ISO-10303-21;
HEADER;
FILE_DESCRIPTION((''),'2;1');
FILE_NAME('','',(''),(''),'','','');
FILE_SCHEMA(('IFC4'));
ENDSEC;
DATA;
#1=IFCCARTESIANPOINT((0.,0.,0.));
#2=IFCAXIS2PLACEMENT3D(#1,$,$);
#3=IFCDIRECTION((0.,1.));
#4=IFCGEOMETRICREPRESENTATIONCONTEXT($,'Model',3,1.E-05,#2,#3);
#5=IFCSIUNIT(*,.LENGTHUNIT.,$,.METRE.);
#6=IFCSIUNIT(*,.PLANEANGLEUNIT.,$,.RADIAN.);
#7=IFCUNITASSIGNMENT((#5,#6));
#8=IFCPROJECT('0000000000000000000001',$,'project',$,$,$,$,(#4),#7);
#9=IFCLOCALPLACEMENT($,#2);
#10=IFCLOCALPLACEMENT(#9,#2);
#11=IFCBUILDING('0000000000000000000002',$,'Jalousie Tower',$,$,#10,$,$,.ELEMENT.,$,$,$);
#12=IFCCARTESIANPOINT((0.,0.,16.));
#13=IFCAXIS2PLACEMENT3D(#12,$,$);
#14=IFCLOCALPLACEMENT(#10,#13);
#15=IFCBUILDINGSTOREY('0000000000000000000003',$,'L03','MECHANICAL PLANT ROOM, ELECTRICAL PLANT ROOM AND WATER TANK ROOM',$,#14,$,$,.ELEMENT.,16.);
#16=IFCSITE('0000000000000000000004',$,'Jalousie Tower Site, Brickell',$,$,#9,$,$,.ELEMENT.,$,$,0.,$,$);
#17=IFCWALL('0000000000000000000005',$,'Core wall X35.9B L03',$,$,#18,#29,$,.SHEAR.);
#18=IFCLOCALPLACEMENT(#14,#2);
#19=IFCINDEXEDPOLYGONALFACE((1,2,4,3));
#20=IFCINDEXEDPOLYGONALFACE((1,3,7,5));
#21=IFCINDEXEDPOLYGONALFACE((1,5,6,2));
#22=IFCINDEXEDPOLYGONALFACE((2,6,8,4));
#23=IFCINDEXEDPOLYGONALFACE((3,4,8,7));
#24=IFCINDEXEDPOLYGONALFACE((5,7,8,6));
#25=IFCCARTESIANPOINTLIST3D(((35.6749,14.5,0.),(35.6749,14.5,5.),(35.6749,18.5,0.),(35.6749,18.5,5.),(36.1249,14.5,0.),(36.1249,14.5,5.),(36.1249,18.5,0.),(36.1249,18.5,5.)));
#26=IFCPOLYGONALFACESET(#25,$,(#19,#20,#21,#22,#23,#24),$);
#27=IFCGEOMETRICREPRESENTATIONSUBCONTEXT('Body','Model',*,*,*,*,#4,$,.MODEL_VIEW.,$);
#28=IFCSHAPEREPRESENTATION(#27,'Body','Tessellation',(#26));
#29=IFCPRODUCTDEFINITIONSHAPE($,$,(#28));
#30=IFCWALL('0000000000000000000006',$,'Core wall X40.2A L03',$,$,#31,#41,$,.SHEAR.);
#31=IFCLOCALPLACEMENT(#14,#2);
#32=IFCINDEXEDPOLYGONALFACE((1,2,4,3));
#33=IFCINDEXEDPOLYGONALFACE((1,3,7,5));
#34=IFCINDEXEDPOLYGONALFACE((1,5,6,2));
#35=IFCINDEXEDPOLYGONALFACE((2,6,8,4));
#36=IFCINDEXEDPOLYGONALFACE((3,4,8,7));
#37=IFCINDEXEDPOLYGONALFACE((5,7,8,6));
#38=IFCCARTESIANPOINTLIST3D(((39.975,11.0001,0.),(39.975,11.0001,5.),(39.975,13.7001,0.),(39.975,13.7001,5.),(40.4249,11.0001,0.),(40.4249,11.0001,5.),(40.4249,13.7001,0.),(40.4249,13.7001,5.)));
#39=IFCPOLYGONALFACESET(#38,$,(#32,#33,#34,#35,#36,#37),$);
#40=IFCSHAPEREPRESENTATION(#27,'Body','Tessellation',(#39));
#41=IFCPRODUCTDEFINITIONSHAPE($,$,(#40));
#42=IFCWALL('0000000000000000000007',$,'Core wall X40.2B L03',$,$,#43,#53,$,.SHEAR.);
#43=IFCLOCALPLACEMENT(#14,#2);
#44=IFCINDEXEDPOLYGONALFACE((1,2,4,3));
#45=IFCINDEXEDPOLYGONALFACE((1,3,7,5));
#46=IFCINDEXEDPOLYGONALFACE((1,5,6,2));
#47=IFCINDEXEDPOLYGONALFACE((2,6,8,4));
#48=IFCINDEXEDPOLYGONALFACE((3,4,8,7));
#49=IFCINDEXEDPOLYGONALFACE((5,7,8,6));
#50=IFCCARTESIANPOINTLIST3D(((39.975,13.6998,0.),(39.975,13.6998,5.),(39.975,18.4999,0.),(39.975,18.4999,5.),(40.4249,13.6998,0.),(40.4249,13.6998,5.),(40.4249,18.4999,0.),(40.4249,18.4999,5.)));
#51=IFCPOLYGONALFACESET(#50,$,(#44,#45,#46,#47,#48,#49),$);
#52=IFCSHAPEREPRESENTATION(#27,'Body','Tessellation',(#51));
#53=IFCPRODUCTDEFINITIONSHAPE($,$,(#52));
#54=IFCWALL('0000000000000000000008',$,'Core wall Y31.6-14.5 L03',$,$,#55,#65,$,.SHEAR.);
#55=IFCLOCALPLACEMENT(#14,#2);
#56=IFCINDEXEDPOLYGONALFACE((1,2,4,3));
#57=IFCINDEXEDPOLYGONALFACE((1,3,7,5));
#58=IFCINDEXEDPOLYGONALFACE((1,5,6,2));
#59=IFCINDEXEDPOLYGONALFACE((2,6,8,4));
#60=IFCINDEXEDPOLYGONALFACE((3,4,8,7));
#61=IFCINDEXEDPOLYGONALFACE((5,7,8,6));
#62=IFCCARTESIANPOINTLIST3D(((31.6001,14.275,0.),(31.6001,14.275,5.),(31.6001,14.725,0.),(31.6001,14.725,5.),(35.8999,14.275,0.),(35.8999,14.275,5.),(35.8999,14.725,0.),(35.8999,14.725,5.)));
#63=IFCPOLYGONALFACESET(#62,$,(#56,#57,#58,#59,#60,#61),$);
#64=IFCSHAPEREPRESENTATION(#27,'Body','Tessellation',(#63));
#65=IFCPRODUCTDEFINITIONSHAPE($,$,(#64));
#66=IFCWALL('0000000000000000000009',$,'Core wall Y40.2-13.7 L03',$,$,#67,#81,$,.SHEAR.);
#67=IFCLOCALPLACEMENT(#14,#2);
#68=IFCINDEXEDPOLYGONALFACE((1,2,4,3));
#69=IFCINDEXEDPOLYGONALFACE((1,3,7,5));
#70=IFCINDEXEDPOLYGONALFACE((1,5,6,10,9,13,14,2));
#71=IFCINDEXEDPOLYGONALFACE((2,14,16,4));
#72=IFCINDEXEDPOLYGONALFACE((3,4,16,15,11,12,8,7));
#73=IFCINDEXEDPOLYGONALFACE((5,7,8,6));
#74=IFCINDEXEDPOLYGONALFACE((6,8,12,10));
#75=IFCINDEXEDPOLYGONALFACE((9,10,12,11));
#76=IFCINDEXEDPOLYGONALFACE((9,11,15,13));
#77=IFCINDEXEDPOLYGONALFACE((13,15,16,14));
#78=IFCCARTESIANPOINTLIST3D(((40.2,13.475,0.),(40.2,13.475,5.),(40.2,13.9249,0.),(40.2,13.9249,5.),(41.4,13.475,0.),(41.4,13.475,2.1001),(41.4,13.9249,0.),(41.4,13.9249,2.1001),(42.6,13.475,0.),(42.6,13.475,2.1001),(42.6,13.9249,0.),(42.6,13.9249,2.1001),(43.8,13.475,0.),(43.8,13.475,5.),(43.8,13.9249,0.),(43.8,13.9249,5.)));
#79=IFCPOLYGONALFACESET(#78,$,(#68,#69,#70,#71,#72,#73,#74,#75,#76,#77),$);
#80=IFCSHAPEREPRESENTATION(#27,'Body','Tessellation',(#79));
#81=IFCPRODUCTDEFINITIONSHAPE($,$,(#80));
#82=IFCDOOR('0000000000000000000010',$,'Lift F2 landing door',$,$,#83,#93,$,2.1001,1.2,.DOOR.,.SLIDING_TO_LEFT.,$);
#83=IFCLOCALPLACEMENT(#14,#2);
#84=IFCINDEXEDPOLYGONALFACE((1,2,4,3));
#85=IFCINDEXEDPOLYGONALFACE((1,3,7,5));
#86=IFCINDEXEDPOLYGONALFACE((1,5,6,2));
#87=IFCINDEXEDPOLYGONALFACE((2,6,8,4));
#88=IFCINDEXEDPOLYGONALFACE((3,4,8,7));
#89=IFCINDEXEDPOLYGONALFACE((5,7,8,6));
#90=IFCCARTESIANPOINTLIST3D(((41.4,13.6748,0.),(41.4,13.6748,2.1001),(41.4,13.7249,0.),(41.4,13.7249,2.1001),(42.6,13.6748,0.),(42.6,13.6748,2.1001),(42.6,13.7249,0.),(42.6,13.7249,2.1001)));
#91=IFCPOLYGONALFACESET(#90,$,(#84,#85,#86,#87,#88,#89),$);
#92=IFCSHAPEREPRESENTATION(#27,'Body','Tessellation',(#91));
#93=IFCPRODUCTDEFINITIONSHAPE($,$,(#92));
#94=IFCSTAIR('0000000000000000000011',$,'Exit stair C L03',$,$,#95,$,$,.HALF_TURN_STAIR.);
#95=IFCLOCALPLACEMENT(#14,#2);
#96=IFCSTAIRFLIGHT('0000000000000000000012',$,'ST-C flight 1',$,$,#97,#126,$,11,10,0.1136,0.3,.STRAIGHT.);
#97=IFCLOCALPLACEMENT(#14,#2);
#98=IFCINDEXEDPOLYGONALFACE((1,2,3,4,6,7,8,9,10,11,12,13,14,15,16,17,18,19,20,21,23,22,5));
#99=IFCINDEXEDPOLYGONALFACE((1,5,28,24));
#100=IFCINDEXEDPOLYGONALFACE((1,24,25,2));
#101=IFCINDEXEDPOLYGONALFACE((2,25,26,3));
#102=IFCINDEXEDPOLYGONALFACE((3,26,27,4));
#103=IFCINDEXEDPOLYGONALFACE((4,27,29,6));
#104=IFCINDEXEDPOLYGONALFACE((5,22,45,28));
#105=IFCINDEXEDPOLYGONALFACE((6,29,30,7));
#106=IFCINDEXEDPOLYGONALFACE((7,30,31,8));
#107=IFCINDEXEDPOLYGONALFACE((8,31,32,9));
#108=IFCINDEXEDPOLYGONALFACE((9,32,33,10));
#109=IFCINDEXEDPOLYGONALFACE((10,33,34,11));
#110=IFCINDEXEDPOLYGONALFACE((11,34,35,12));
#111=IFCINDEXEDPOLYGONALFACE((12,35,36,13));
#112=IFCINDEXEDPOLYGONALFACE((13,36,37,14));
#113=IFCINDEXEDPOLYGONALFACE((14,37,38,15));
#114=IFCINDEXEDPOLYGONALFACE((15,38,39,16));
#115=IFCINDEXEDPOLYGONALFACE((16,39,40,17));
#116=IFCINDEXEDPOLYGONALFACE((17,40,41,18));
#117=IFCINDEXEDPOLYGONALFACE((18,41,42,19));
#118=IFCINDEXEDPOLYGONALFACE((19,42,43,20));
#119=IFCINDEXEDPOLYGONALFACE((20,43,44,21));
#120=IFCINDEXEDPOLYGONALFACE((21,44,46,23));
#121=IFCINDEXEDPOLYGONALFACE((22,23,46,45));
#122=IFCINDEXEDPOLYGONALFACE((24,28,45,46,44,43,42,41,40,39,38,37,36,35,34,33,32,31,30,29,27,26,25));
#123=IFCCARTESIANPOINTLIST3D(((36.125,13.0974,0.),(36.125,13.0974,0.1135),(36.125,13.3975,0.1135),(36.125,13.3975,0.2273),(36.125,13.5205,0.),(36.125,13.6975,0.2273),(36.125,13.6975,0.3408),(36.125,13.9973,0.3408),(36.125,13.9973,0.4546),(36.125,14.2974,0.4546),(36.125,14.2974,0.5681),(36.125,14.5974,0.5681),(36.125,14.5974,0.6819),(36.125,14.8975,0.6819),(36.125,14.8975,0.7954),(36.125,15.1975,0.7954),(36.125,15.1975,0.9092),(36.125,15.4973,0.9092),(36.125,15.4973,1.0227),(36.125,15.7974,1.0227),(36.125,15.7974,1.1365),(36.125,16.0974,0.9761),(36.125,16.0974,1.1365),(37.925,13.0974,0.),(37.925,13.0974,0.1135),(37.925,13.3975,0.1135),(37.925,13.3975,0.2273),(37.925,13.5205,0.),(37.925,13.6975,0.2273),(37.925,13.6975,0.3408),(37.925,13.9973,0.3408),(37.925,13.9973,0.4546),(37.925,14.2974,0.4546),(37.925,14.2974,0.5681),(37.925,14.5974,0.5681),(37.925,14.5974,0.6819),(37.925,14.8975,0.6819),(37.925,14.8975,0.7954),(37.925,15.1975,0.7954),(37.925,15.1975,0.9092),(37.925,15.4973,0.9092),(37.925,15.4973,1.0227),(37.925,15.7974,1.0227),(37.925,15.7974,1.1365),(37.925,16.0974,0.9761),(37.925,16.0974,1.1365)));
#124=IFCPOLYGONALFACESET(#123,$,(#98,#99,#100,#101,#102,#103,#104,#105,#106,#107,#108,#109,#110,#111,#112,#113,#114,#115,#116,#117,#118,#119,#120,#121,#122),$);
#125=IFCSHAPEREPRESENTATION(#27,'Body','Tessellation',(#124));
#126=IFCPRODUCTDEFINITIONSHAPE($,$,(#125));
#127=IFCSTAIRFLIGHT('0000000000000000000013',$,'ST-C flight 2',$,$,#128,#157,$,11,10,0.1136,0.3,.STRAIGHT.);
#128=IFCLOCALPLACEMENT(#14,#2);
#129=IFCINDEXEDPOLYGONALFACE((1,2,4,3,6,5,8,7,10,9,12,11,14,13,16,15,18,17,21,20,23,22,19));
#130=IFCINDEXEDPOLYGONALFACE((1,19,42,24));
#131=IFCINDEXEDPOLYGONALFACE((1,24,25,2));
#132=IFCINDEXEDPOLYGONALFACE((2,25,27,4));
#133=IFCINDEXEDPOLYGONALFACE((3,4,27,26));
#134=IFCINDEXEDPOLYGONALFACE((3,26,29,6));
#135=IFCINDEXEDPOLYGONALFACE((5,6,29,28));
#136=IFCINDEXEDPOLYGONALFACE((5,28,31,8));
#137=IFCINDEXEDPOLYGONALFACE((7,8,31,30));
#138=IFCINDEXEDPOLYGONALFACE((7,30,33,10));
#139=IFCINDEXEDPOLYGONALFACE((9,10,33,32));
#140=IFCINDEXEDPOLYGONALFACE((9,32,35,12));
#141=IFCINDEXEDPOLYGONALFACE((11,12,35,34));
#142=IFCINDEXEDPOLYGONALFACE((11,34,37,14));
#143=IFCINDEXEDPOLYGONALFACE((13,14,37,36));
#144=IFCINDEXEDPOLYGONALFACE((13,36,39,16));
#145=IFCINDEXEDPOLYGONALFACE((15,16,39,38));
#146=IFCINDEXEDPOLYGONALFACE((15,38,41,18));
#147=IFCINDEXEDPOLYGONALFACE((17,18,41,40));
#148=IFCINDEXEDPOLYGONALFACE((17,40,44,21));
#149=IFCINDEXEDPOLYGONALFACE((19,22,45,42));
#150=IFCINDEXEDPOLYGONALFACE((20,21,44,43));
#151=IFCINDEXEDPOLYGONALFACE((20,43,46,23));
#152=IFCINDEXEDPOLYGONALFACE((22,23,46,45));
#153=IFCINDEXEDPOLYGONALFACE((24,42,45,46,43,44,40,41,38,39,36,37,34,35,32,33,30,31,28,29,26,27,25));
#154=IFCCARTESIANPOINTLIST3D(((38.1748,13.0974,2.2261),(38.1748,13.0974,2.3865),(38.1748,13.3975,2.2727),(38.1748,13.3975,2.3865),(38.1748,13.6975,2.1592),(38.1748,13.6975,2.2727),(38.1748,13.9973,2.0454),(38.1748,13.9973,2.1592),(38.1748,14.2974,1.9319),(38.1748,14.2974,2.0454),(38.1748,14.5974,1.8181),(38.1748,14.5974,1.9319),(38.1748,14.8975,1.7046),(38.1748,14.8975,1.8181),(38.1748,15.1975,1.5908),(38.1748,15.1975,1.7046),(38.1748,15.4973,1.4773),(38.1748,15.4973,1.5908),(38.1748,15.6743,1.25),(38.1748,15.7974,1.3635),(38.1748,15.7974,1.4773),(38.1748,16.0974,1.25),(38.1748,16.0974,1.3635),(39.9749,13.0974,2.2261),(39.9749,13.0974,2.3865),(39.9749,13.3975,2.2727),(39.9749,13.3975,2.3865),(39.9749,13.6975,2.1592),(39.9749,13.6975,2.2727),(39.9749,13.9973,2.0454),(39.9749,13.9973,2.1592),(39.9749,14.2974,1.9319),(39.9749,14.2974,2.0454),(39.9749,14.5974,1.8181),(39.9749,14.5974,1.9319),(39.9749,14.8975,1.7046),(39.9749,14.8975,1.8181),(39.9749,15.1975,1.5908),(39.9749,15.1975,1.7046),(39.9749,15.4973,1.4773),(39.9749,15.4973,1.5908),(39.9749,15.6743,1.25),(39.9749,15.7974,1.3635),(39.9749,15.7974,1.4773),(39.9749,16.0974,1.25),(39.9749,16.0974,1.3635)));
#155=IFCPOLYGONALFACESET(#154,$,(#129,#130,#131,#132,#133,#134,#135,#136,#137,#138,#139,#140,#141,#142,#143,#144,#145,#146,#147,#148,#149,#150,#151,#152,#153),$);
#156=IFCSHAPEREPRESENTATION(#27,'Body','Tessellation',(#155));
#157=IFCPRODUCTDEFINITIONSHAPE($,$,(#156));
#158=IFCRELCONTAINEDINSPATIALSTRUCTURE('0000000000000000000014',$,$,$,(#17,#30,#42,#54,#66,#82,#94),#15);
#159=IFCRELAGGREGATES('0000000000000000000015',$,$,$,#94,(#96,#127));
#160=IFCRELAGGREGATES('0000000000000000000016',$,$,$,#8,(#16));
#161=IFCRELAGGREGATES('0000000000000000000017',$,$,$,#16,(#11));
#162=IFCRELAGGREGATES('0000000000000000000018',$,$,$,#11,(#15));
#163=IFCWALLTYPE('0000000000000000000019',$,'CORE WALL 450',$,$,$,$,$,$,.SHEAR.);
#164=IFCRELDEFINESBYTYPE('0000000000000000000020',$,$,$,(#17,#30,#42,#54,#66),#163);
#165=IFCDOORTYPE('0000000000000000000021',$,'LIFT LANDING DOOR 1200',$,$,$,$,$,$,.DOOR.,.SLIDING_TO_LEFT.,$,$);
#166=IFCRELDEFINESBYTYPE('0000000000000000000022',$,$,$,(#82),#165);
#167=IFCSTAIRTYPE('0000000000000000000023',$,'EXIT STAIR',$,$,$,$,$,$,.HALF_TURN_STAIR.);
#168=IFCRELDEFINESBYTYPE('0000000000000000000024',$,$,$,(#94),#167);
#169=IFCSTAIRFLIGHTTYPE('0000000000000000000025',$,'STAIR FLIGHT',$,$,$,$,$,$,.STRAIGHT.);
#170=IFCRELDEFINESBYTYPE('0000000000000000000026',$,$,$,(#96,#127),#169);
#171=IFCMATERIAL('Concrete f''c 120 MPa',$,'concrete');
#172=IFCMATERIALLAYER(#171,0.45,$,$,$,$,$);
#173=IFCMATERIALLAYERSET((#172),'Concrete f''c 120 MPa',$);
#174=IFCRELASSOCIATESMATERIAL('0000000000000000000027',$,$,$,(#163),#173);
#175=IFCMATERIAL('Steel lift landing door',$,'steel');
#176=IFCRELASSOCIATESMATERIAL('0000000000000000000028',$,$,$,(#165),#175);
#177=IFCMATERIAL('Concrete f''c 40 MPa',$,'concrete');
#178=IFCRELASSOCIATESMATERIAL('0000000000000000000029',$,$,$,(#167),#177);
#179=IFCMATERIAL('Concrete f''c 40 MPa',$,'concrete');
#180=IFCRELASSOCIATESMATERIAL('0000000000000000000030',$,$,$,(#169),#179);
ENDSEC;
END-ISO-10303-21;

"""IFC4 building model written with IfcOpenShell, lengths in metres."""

from ifc_helpers import new_model, si_unit, direction, frame, frame_2d, origin, place, context, subcontext, project, spatial, polyline, rectangle, outline, extrude, material, layer, layer_set, type_object, element, fill, aggregate, save


model = new_model("IFC4")

# Units and contexts
model_context = context("Model", 3, precision=1e-05, world=origin(), true_north=direction((0.0, 1.0)))
body_context = subcontext(model_context, "Body", "Model", "MODEL_VIEW")
ifc_project = project(units=[si_unit("LENGTHUNIT", "METRE"), si_unit("PLANEANGLEUNIT", "RADIAN")], contexts=[model_context])

# Site, building, storey
site_placement = place(None, origin())
site = spatial("IfcSite", under=ifc_project, at=site_placement, Name="Jalousie Tower Site, Brickell", CompositionType="ELEMENT", RefElevation=0.0)
building_placement = place(site_placement, origin())
building = spatial("IfcBuilding", under=site, at=building_placement, Name="Jalousie Tower", CompositionType="ELEMENT")
storey_placement = place(building_placement, frame((0.0, 0.0, 16.0)))
storey = spatial("IfcBuildingStorey", under=building, at=storey_placement, Name="L03", Description="MECHANICAL PLANT ROOM, ELECTRICAL PLANT ROOM AND WATER TANK ROOM", CompositionType="ELEMENT", Elevation=16.0)

# Shared definitions
ifc_material_1 = material(Name="Concrete f'c 120 MPa", Category="concrete")
ifc_layer_1 = layer(ifc_material_1, 0.45)
ifc_layer_set_1 = layer_set([ifc_layer_1], Name="Concrete f'c 120 MPa")
wall_type_1 = type_object("IfcWallType", Name="CORE WALL 450", PredefinedType="SHEAR", material=ifc_layer_set_1)

# Walls
wall_1_placement = place(storey_placement, frame((35.8999, 14.5, 0.0), z_axis=(0.0, 0.0, 1.0), x_axis=(0.0, 1.0, 0.0)))
element("IfcWall", 1, at=wall_1_placement, inside=storey, type_object=wall_type_1, Name="Core wall X35.9B L03", PredefinedType="SHEAR", context=body_context, shape_type="SweptSolid", body=[
    extrude(rectangle(XDim=4.0, YDim=0.45, at=frame_2d((2.0, 0.0))), origin(), (0.0, 0.0, 1.0), 5.0),
])
wall_2_placement = place(storey_placement, frame((40.2, 11.0, 0.0), z_axis=(0.0, 0.0, 1.0), x_axis=(0.0, 1.0, 0.0)))
element("IfcWall", 2, at=wall_2_placement, inside=storey, type_object=wall_type_1, Name="Core wall X40.2A L03", PredefinedType="SHEAR", context=body_context, shape_type="SweptSolid", body=[
    extrude(rectangle(XDim=2.7, YDim=0.45, at=frame_2d((1.3501, 0.0))), origin(), (0.0, 0.0, 1.0), 5.0),
])
wall_3_placement = place(storey_placement, frame((40.2, 13.7, 0.0), z_axis=(0.0, 0.0, 1.0), x_axis=(0.0, 1.0, 0.0)))
element("IfcWall", 3, at=wall_3_placement, inside=storey, type_object=wall_type_1, Name="Core wall X40.2B L03", PredefinedType="SHEAR", context=body_context, shape_type="SweptSolid", body=[
    extrude(rectangle(XDim=4.8, YDim=0.45, at=frame_2d((2.3999, 0.0))), origin(), (0.0, 0.0, 1.0), 5.0),
])
wall_4_placement = place(storey_placement, frame((31.6001, 14.5, 0.0), z_axis=(0.0, 0.0, 1.0), x_axis=(1.0, 0.0, 0.0)))
element("IfcWall", 4, at=wall_4_placement, inside=storey, type_object=wall_type_1, Name="Core wall Y31.6-14.5 L03", PredefinedType="SHEAR", context=body_context, shape_type="SweptSolid", body=[
    extrude(rectangle(XDim=4.2998, YDim=0.45, at=frame_2d((2.1499, 0.0))), origin(), (0.0, 0.0, 1.0), 5.0),
])

# Wall, opening, door
wall_5_placement = place(storey_placement, frame((40.2, 13.7, 0.0), z_axis=(0.0, 0.0, 1.0), x_axis=(1.0, 0.0, 0.0)))
wall_5 = element("IfcWall", 5, at=wall_5_placement, inside=storey, type_object=wall_type_1, Name="Core wall Y40.2-13.7 L03", PredefinedType="SHEAR", context=body_context, shape_type="SweptSolid", body=[
    extrude(rectangle(XDim=3.6001, YDim=0.45, at=frame_2d((1.8, 0.0))), origin(), (0.0, 0.0, 1.0), 5.0),
])
opening_1_placement = place(wall_5_placement, frame((1.2, 0.0, 0.0)))
opening_1 = element("IfcOpeningElement", 6, at=opening_1_placement, cuts=wall_5, PredefinedType="OPENING", context=body_context, shape_type="SweptSolid", body=[
    extrude(rectangle(XDim=1.2, YDim=2.1001, at=frame_2d((0.6001, 1.05))), frame((0.0, 0.2349, 0.0), z_axis=(0.0, -1.0, 0.0), x_axis=(1.0, 0.0, 0.0)), (0.0, 0.0, 1.0), 0.47),
])
ifc_material_2 = material(Name="Steel lift landing door", Category="steel")
door_type_1 = type_object("IfcDoorType", Name="LIFT LANDING DOOR 1200", OperationType="SLIDING_TO_LEFT", PredefinedType="DOOR", material=ifc_material_2)
door_1_placement = place(opening_1_placement, origin())
door_1 = element("IfcDoor", 7, at=door_1_placement, inside=storey, type_object=door_type_1, Name="Lift F2 landing door", OperationType="SLIDING_TO_LEFT", OverallHeight=2.1001, OverallWidth=1.2, PredefinedType="DOOR", context=body_context, shape_type="SweptSolid", body=[
    extrude(rectangle(XDim=1.2, YDim=2.1001, at=frame_2d((0.6001, 1.05))), frame((0.0, 0.0249, 0.0), z_axis=(0.0, -1.0, 0.0), x_axis=(1.0, 0.0, 0.0)), (0.0, 0.0, 1.0), 0.05),
])
fill(opening_1, door_1)

# Stair, stair flights
ifc_material_3 = material(Name="Concrete f'c 40 MPa", Category="concrete")
stair_type = type_object("IfcStairType", Name="EXIT STAIR", PredefinedType="HALF_TURN_STAIR", material=ifc_material_3)
stair_placement = place(storey_placement, origin())
stair = element("IfcStair", 8, at=stair_placement, inside=storey, type_object=stair_type, Name="Exit stair C L03", PredefinedType="HALF_TURN_STAIR")
ifc_material_4 = material(Name="Concrete f'c 40 MPa", Category="concrete")
stair_flight_type = type_object("IfcStairFlightType", Name="STAIR FLIGHT", PredefinedType="STRAIGHT", material=ifc_material_4)
stair_flight_1_placement = place(storey_placement, frame((37.0249, 13.0974, 0.0), z_axis=(0.0, 0.0, 1.0), x_axis=(0.0, 1.0, 0.0)))
stair_flight_1 = element("IfcStairFlight", 9, at=stair_flight_1_placement, type_object=stair_flight_type, Name="ST-C flight 1", NumberOfRisers=11, NumberOfTreads=10, PredefinedType="STRAIGHT", RiserHeight=0.1136, TreadLength=0.3, context=body_context, shape_type="SweptSolid", body=[
    extrude(outline(polyline([(0.0, 0.0), (0.0, 0.1135), (0.3, 0.1135), (0.3, 0.2273), (0.6001, 0.2273), (0.6001, 0.3408), (0.8999, 0.3408), (0.8999, 0.4546), (1.2, 0.4546), (1.2, 0.5681), (1.5, 0.5681), (1.5, 0.6819), (1.8, 0.6819), (1.8, 0.7954), (2.1001, 0.7954), (2.1001, 0.9092), (2.3999, 0.9092), (2.3999, 1.0227), (2.7, 1.0227), (2.7, 1.1365), (3.0, 1.1365), (3.0, 1.25), (3.0, 0.9761), (0.4231, 0.0), (0.0, 0.0)])), frame((0.0, 0.8999, 0.0), z_axis=(0.0, -1.0, 0.0), x_axis=(1.0, 0.0, 0.0)), (0.0, 0.0, 1.0), 1.8),
])
stair_flight_2_placement = place(storey_placement, frame((39.075, 16.0974, 1.25), z_axis=(0.0, 0.0, 1.0), x_axis=(0.0, -1.0, 0.0)))
stair_flight_2 = element("IfcStairFlight", 10, at=stair_flight_2_placement, type_object=stair_flight_type, Name="ST-C flight 2", NumberOfRisers=11, NumberOfTreads=10, PredefinedType="STRAIGHT", RiserHeight=0.1136, TreadLength=0.3, context=body_context, shape_type="SweptSolid", body=[
    extrude(outline(polyline([(0.0, 0.0), (0.0, 0.1135), (0.3, 0.1135), (0.3, 0.2273), (0.6001, 0.2273), (0.6001, 0.3408), (0.8999, 0.3408), (0.8999, 0.4546), (1.2, 0.4546), (1.2, 0.5681), (1.5, 0.5681), (1.5, 0.6819), (1.8, 0.6819), (1.8, 0.7954), (2.1001, 0.7954), (2.1001, 0.9092), (2.3999, 0.9092), (2.3999, 1.0227), (2.7, 1.0227), (2.7, 1.1365), (3.0, 1.1365), (3.0, 1.25), (3.0, 0.9761), (0.4231, 0.0), (0.0, 0.0)])), frame((0.0, 0.8999, 0.0), z_axis=(0.0, -1.0, 0.0), x_axis=(1.0, 0.0, 0.0)), (0.0, 0.0, 1.0), 1.8),
])
aggregate(stair, [stair_flight_1, stair_flight_2])

save(model, "model.ifc")
